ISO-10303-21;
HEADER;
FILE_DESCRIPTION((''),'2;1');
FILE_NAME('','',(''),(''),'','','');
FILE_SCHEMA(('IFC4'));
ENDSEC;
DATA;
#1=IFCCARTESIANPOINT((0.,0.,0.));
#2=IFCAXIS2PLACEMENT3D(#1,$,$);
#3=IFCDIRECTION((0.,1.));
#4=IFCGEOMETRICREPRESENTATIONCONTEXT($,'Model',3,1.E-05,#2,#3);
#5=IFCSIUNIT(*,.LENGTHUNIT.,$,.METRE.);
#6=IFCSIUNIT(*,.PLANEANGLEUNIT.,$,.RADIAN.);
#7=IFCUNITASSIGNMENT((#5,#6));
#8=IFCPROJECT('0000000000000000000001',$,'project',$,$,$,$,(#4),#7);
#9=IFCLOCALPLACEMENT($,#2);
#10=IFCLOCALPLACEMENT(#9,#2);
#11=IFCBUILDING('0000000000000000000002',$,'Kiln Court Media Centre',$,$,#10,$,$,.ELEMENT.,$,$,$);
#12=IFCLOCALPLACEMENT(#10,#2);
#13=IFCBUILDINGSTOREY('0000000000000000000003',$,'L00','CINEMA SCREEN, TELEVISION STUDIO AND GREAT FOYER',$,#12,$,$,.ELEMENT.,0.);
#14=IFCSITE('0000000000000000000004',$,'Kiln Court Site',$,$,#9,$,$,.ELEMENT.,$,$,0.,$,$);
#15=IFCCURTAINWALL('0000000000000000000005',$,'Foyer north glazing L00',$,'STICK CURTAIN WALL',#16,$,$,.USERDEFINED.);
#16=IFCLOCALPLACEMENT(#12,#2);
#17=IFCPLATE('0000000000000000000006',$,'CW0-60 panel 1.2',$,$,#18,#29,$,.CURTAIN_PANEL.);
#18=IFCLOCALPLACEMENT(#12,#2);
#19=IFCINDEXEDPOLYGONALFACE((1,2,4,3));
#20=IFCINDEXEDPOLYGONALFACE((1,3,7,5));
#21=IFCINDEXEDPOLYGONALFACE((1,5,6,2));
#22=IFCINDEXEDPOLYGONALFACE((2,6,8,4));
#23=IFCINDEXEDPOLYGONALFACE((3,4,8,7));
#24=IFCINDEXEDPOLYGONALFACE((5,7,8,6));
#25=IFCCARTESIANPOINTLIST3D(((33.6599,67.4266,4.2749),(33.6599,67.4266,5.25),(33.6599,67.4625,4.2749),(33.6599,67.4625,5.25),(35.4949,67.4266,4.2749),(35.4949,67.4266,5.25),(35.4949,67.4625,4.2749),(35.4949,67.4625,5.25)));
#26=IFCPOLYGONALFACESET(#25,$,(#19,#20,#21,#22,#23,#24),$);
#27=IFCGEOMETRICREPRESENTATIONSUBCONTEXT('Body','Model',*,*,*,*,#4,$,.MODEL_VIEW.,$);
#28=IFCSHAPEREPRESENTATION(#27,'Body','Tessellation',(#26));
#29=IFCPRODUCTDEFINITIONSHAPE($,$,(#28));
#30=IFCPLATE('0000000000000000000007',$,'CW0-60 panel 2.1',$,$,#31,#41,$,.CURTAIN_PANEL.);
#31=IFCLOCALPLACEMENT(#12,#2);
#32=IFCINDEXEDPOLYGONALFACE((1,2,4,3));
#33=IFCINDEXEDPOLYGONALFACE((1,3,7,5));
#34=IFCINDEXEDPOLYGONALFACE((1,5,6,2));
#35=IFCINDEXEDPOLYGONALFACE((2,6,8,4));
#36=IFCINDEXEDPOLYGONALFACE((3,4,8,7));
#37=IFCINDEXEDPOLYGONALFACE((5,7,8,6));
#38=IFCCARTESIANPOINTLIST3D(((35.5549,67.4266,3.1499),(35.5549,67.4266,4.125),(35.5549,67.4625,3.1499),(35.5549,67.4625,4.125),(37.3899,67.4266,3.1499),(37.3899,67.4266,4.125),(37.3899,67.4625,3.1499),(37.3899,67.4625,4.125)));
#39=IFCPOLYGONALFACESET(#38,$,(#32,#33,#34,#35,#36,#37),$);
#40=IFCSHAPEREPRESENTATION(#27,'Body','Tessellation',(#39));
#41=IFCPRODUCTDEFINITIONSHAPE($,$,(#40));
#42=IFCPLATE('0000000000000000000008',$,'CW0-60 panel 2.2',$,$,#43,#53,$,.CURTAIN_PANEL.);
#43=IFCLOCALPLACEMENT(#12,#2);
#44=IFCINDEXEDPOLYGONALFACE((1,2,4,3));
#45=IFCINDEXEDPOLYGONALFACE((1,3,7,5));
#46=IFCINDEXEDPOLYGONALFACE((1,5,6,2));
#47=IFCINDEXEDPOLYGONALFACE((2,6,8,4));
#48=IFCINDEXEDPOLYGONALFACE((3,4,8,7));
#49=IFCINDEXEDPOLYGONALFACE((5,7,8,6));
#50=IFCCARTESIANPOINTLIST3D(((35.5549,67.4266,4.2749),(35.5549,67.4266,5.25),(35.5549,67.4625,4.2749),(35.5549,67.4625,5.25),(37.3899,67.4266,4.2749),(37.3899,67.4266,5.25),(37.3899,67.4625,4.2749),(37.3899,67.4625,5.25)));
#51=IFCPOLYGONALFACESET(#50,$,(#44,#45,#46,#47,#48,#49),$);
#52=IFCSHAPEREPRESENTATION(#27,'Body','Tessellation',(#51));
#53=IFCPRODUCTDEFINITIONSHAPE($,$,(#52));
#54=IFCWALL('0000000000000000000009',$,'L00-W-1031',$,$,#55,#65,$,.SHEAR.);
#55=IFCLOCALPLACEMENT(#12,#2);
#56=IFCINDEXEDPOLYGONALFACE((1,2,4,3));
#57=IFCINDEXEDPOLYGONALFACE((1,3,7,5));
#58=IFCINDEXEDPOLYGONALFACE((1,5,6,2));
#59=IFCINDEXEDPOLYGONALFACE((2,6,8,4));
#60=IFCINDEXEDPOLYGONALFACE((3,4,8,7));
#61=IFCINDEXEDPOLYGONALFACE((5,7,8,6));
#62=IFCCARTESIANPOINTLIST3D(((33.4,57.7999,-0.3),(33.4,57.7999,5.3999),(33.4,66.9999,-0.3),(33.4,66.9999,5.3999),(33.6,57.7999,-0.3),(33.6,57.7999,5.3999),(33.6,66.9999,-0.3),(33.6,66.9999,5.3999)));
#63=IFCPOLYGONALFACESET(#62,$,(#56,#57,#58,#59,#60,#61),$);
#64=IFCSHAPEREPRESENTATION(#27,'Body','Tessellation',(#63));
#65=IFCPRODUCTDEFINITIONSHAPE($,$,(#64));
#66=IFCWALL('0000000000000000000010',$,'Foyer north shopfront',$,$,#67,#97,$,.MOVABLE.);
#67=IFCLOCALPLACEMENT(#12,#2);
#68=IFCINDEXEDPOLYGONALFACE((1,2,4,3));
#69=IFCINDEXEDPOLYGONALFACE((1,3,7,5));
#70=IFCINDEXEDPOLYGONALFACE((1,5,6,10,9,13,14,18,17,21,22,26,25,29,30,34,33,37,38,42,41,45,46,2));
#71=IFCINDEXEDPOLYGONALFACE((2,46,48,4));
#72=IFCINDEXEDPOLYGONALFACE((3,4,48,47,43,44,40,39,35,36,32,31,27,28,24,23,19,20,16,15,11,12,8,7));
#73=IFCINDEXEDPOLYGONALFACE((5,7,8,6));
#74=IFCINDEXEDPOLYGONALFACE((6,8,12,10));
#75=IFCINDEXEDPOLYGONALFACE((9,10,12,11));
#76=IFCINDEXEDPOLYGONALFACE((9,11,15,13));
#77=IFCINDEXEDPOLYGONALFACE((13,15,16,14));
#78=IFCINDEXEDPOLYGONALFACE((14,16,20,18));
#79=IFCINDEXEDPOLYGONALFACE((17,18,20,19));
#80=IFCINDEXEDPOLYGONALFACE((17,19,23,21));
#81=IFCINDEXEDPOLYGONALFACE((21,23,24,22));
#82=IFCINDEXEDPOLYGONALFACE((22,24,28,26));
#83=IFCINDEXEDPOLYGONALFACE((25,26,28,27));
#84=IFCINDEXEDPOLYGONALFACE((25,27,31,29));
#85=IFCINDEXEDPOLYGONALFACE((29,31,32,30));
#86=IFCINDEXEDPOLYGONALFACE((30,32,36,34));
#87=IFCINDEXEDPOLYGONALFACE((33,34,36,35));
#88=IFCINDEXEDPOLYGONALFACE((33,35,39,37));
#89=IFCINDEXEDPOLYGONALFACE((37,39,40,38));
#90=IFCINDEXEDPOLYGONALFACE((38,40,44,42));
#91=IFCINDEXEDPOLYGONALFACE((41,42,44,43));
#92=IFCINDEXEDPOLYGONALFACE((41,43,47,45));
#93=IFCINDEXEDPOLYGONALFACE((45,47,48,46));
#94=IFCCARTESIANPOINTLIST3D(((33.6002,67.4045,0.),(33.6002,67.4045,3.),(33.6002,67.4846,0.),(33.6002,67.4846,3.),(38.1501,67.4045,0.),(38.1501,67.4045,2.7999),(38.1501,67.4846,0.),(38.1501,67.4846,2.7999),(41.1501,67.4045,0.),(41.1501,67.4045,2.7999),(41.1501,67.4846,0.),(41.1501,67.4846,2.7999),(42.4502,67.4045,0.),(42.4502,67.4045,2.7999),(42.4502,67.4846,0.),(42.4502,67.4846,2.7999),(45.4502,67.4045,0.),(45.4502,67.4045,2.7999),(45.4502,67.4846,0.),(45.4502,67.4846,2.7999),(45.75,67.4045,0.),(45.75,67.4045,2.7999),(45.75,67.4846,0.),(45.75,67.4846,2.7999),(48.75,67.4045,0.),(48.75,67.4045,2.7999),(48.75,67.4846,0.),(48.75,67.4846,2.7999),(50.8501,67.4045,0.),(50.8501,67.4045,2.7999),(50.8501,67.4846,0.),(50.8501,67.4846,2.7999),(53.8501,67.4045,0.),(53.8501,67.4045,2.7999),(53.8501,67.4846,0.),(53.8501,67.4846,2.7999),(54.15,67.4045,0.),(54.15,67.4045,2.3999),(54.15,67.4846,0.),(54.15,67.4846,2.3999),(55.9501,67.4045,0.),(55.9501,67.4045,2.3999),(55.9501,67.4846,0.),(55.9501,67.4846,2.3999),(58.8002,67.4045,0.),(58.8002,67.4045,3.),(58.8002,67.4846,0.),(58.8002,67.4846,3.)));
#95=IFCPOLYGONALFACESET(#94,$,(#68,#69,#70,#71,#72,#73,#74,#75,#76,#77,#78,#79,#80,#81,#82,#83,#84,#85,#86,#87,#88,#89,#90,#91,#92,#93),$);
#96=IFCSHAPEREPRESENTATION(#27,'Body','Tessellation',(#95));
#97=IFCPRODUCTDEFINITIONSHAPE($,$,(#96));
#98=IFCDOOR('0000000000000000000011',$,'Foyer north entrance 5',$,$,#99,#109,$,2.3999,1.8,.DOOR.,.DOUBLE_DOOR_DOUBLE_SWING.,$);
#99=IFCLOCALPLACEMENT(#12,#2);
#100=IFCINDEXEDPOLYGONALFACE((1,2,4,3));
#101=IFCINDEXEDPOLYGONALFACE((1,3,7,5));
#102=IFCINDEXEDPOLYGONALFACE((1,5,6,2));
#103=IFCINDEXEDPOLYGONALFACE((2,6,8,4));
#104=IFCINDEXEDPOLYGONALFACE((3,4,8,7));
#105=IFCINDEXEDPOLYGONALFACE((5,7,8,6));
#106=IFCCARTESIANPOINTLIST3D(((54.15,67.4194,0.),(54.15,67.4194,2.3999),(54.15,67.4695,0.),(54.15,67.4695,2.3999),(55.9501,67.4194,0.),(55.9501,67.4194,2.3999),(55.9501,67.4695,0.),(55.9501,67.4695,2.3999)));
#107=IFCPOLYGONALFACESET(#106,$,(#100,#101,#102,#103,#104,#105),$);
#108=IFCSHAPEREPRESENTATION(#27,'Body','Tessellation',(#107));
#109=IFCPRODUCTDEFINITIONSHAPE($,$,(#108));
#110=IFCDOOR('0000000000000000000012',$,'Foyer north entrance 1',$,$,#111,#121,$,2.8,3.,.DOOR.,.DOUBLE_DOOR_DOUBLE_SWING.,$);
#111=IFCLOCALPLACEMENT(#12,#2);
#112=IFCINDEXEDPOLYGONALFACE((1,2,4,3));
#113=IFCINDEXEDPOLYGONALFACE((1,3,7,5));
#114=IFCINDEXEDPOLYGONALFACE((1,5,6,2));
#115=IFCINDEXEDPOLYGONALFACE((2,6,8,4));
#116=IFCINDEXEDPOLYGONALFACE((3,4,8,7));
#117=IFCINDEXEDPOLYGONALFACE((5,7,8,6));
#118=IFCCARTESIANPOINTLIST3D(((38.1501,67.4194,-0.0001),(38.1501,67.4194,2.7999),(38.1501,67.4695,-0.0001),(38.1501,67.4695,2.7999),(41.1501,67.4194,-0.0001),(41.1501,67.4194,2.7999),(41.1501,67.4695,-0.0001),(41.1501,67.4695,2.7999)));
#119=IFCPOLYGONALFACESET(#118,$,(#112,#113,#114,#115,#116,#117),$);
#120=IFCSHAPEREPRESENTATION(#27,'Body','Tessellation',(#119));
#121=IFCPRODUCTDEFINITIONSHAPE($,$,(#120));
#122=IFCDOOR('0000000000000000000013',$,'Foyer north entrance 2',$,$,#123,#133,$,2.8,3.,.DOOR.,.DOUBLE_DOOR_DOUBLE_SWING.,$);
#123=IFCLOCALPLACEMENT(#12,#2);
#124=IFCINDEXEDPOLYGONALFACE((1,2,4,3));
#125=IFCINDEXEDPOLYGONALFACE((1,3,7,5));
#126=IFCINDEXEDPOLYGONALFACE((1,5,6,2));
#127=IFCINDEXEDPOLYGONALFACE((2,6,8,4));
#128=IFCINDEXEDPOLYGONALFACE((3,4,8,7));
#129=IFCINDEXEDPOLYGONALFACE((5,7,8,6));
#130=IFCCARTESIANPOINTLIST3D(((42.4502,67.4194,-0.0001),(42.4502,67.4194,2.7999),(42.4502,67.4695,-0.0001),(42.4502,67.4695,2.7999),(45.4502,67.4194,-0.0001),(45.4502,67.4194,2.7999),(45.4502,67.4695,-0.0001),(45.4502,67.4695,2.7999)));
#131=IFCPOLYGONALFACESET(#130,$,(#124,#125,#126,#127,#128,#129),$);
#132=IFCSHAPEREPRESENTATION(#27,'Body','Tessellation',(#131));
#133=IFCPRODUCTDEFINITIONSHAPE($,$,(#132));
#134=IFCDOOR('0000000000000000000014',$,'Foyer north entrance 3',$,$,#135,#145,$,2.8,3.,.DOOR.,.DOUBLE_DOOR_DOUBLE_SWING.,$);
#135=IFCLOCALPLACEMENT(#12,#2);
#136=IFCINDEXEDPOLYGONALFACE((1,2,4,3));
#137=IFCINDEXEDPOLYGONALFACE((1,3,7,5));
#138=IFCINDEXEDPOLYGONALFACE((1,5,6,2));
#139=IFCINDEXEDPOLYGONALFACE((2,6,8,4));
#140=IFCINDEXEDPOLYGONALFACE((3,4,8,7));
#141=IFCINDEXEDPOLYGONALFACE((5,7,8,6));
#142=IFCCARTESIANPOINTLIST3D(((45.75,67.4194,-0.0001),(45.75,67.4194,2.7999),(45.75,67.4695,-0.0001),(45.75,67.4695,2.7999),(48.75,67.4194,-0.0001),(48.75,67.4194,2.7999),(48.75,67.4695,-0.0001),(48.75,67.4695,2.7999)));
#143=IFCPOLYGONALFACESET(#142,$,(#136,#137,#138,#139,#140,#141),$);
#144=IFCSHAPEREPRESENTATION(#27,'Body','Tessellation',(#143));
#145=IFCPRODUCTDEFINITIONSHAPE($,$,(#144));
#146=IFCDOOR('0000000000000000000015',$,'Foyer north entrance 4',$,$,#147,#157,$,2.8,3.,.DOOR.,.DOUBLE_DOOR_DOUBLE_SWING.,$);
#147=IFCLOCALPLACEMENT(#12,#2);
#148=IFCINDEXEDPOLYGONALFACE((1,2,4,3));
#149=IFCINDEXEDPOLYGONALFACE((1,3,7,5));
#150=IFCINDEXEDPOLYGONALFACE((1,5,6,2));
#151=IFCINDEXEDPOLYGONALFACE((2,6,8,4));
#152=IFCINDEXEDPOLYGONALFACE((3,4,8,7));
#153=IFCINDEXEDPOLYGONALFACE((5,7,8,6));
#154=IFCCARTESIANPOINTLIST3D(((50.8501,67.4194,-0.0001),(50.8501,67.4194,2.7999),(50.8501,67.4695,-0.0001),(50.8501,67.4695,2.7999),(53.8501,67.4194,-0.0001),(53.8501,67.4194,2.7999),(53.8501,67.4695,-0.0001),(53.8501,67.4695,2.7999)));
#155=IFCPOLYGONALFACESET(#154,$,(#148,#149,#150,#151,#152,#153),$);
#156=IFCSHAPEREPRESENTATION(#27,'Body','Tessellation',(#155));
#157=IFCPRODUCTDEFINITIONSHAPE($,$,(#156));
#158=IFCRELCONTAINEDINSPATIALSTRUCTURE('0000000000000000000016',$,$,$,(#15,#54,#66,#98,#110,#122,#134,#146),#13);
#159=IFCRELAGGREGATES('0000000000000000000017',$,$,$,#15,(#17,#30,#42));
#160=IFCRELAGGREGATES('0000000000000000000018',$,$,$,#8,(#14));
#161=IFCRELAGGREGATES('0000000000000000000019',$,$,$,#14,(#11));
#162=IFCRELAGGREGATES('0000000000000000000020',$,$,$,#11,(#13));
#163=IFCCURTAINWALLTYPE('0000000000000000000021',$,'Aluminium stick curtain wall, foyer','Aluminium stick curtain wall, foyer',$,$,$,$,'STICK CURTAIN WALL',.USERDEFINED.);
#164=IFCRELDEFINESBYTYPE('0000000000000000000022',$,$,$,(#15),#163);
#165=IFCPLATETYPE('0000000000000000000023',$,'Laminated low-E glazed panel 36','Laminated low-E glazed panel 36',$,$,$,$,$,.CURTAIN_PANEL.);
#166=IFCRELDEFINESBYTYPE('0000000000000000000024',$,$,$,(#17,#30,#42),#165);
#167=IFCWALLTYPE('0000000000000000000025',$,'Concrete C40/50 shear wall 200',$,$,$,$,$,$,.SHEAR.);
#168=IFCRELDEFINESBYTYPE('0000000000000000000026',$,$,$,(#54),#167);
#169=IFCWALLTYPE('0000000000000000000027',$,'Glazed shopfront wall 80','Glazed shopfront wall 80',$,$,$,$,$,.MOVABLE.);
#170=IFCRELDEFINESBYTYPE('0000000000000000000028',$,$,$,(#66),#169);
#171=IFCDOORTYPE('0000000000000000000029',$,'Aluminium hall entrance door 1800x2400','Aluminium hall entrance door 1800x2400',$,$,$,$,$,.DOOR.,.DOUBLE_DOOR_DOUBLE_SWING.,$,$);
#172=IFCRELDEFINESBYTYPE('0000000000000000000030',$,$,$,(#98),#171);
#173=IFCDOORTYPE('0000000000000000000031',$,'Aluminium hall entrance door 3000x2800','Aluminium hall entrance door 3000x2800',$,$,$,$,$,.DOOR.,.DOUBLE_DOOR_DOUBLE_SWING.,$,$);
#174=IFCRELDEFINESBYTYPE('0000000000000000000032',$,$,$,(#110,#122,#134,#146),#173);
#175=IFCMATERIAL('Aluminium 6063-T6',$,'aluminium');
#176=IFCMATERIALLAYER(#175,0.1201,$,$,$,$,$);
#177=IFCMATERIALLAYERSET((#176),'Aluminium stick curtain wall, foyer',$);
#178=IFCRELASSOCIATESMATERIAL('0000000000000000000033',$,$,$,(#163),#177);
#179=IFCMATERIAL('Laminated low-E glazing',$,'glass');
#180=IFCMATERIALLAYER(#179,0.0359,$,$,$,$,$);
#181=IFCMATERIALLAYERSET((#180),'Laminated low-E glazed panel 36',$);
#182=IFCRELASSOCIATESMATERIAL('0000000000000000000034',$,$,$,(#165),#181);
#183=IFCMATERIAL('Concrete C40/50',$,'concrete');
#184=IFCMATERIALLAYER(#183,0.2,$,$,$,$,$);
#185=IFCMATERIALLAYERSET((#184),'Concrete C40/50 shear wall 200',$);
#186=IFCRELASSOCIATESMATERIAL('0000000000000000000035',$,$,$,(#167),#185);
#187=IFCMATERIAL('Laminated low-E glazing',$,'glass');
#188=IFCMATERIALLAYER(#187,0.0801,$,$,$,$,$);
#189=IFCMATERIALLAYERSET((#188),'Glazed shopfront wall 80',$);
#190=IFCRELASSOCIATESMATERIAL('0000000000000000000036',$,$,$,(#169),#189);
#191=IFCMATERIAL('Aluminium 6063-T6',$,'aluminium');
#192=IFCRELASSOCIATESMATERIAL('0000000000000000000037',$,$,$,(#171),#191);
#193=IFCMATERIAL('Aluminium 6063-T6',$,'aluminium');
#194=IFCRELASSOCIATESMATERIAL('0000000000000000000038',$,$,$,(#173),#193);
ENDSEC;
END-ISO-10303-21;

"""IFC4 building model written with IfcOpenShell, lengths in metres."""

from ifc_helpers import new_model, si_unit, direction, frame, frame_2d, origin, origin_2d, place, context, subcontext, project, spatial, rectangle, extrude, material, layer, layer_set, type_object, element, fill, aggregate, save


model = new_model("IFC4")

# Units and contexts
model_context = context("Model", 3, precision=1e-05, world=origin(), true_north=direction((0.0, 1.0)))
body_context = subcontext(model_context, "Body", "Model", "MODEL_VIEW")
ifc_project = project(units=[si_unit("LENGTHUNIT", "METRE"), si_unit("PLANEANGLEUNIT", "RADIAN")], contexts=[model_context])

# Site, building, storey
site_placement = place(None, origin())
site = spatial("IfcSite", under=ifc_project, at=site_placement, Name="Kiln Court Site", CompositionType="ELEMENT", RefElevation=0.0)
building_placement = place(site_placement, origin())
building = spatial("IfcBuilding", under=site, at=building_placement, Name="Kiln Court Media Centre", CompositionType="ELEMENT")
storey_placement = place(building_placement, origin())
storey = spatial("IfcBuildingStorey", under=building, at=storey_placement, Name="L00", Description="CINEMA SCREEN, TELEVISION STUDIO AND GREAT FOYER", CompositionType="ELEMENT", Elevation=0.0)

# Curtain wall
ifc_material_1 = material(Name="Aluminium 6063-T6", Category="aluminium")
ifc_layer_1 = layer(ifc_material_1, 0.1201)
ifc_layer_set_1 = layer_set([ifc_layer_1], Name="Aluminium stick curtain wall, foyer")
curtain_wall_type = type_object("IfcCurtainWallType", Name="Aluminium stick curtain wall, foyer", Description="Aluminium stick curtain wall, foyer", ElementType="STICK CURTAIN WALL", PredefinedType="USERDEFINED", material=ifc_layer_set_1)
curtain_wall_1_placement = place(storey_placement, origin())
curtain_wall_1 = element("IfcCurtainWall", 1, at=curtain_wall_1_placement, inside=storey, type_object=curtain_wall_type, Name="Foyer north glazing L00", ObjectType="STICK CURTAIN WALL", PredefinedType="USERDEFINED")

# Plates
ifc_material_2 = material(Name="Laminated low-E glazing", Category="glass")
ifc_layer_2 = layer(ifc_material_2, 0.0359)
ifc_layer_set_2 = layer_set([ifc_layer_2], Name="Laminated low-E glazed panel 36")
plate_type = type_object("IfcPlateType", Name="Laminated low-E glazed panel 36", Description="Laminated low-E glazed panel 36", PredefinedType="CURTAIN_PANEL", material=ifc_layer_set_2)
plate_1_placement = place(storey_placement, frame((34.5774, 67.4446, 4.2749), z_axis=(0.0, 0.0, 1.0), x_axis=(1.0, 0.0, 0.0)))
plate_1 = element("IfcPlate", 2, at=plate_1_placement, type_object=plate_type, Name="CW0-60 panel 1.2", PredefinedType="CURTAIN_PANEL", context=body_context, shape_type="SweptSolid", body=[
    extrude(rectangle(XDim=1.835, YDim=0.0359, at=origin_2d()), origin(), (0.0, 0.0, 1.0), 0.9751),
])
plate_2_placement = place(storey_placement, frame((36.4724, 67.4446, 3.1499), z_axis=(0.0, 0.0, 1.0), x_axis=(1.0, 0.0, 0.0)))
plate_2 = element("IfcPlate", 3, at=plate_2_placement, type_object=plate_type, Name="CW0-60 panel 2.1", PredefinedType="CURTAIN_PANEL", context=body_context, shape_type="SweptSolid", body=[
    extrude(rectangle(XDim=1.835, YDim=0.0359, at=origin_2d()), origin(), (0.0, 0.0, 1.0), 0.9751),
])
plate_3_placement = place(storey_placement, frame((36.4724, 67.4446, 4.2749), z_axis=(0.0, 0.0, 1.0), x_axis=(1.0, 0.0, 0.0)))
plate_3 = element("IfcPlate", 4, at=plate_3_placement, type_object=plate_type, Name="CW0-60 panel 2.2", PredefinedType="CURTAIN_PANEL", context=body_context, shape_type="SweptSolid", body=[
    extrude(rectangle(XDim=1.835, YDim=0.0359, at=origin_2d()), origin(), (0.0, 0.0, 1.0), 0.9751),
])
aggregate(curtain_wall_1, [plate_1, plate_2, plate_3])

# Wall
ifc_material_3 = material(Name="Concrete C40/50", Category="concrete")
ifc_layer_3 = layer(ifc_material_3, 0.2)
ifc_layer_set_3 = layer_set([ifc_layer_3], Name="Concrete C40/50 shear wall 200")
wall_type_1 = type_object("IfcWallType", Name="Concrete C40/50 shear wall 200", PredefinedType="SHEAR", material=ifc_layer_set_3)
wall_1_placement = place(storey_placement, frame((33.5, 67.0, -0.3), z_axis=(0.0, 0.0, 1.0), x_axis=(0.0, -1.0, 0.0)))
element("IfcWall", 5, at=wall_1_placement, inside=storey, type_object=wall_type_1, Name="L00-W-1031", PredefinedType="SHEAR", context=body_context, shape_type="SweptSolid", body=[
    extrude(rectangle(XDim=9.2, YDim=0.2, at=frame_2d((4.6001, 0.0))), origin(), (0.0, 0.0, 1.0), 5.7),
])

# Wall, openings, doors
ifc_material_4 = material(Name="Laminated low-E glazing", Category="glass")
ifc_layer_4 = layer(ifc_material_4, 0.0801)
ifc_layer_set_4 = layer_set([ifc_layer_4], Name="Glazed shopfront wall 80")
wall_type_2 = type_object("IfcWallType", Name="Glazed shopfront wall 80", Description="Glazed shopfront wall 80", PredefinedType="MOVABLE", material=ifc_layer_set_4)
wall_2_placement = place(storey_placement, frame((33.6001, 67.4446, 0.0), z_axis=(0.0, 0.0, 1.0), x_axis=(1.0, 0.0, 0.0)))
wall_2 = element("IfcWall", 6, at=wall_2_placement, inside=storey, type_object=wall_type_2, Name="Foyer north shopfront", PredefinedType="MOVABLE", context=body_context, shape_type="SweptSolid", body=[
    extrude(rectangle(XDim=25.2, YDim=0.0801, at=frame_2d((12.6001, 0.0))), origin(), (0.0, 0.0, 1.0), 3.0),
])
opening_1_placement = place(wall_2_placement, frame((4.55, 0.0, 0.0)))
opening_1 = element("IfcOpeningElement", 7, at=opening_1_placement, cuts=wall_2, PredefinedType="OPENING", context=body_context, shape_type="SweptSolid", body=[
    extrude(rectangle(XDim=3.0, YDim=2.8, at=frame_2d((1.5, 1.3999))), frame((0.0, 0.05, 0.0), z_axis=(0.0, -1.0, 0.0), x_axis=(1.0, 0.0, 0.0)), (0.0, 0.0, 1.0), 0.1001),
])
opening_2_placement = place(wall_2_placement, frame((8.8501, 0.0, 0.0)))
opening_2 = element("IfcOpeningElement", 8, at=opening_2_placement, cuts=wall_2, PredefinedType="OPENING", context=body_context, shape_type="SweptSolid", body=[
    extrude(rectangle(XDim=3.0, YDim=2.8, at=frame_2d((1.5, 1.3999))), frame((0.0, 0.05, 0.0), z_axis=(0.0, -1.0, 0.0), x_axis=(1.0, 0.0, 0.0)), (0.0, 0.0, 1.0), 0.1001),
])
opening_3_placement = place(wall_2_placement, frame((12.1499, 0.0, 0.0)))
opening_3 = element("IfcOpeningElement", 9, at=opening_3_placement, cuts=wall_2, PredefinedType="OPENING", context=body_context, shape_type="SweptSolid", body=[
    extrude(rectangle(XDim=3.0, YDim=2.8, at=frame_2d((1.5, 1.3999))), frame((0.0, 0.05, 0.0), z_axis=(0.0, -1.0, 0.0), x_axis=(1.0, 0.0, 0.0)), (0.0, 0.0, 1.0), 0.1001),
])
opening_4_placement = place(wall_2_placement, frame((17.25, 0.0, 0.0)))
opening_4 = element("IfcOpeningElement", 10, at=opening_4_placement, cuts=wall_2, PredefinedType="OPENING", context=body_context, shape_type="SweptSolid", body=[
    extrude(rectangle(XDim=3.0, YDim=2.8, at=frame_2d((1.5, 1.3999))), frame((0.0, 0.05, 0.0), z_axis=(0.0, -1.0, 0.0), x_axis=(1.0, 0.0, 0.0)), (0.0, 0.0, 1.0), 0.1001),
])
opening_5_placement = place(wall_2_placement, frame((20.55, 0.0, 0.0)))
opening_5 = element("IfcOpeningElement", 11, at=opening_5_placement, cuts=wall_2, PredefinedType="OPENING", context=body_context, shape_type="SweptSolid", body=[
    extrude(rectangle(XDim=1.8, YDim=2.3999, at=frame_2d((0.8999, 1.2))), frame((0.0, 0.05, 0.0), z_axis=(0.0, -1.0, 0.0), x_axis=(1.0, 0.0, 0.0)), (0.0, 0.0, 1.0), 0.1001),
])
ifc_material_5 = material(Name="Aluminium 6063-T6", Category="aluminium")
door_type_1 = type_object("IfcDoorType", Name="Aluminium hall entrance door 1800x2400", Description="Aluminium hall entrance door 1800x2400", OperationType="DOUBLE_DOOR_DOUBLE_SWING", PredefinedType="DOOR", material=ifc_material_5)
door_1_placement = place(opening_5_placement, origin())
door_1 = element("IfcDoor", 12, at=door_1_placement, inside=storey, type_object=door_type_1, Name="Foyer north entrance 5", OperationType="DOUBLE_DOOR_DOUBLE_SWING", OverallHeight=2.3999, OverallWidth=1.8, PredefinedType="DOOR", context=body_context, shape_type="SweptSolid", body=[
    extrude(rectangle(XDim=1.8, YDim=2.3999, at=frame_2d((0.8999, 1.2))), frame((0.0, 0.0249, 0.0), z_axis=(0.0, -1.0, 0.0), x_axis=(1.0, 0.0, 0.0)), (0.0, 0.0, 1.0), 0.05),
])
fill(opening_5, door_1)
ifc_material_6 = material(Name="Aluminium 6063-T6", Category="aluminium")
door_type_2 = type_object("IfcDoorType", Name="Aluminium hall entrance door 3000x2800", Description="Aluminium hall entrance door 3000x2800", OperationType="DOUBLE_DOOR_DOUBLE_SWING", PredefinedType="DOOR", material=ifc_material_6)
door_2_placement = place(opening_1_placement, origin())
door_2 = element("IfcDoor", 13, at=door_2_placement, inside=storey, type_object=door_type_2, Name="Foyer north entrance 1", OperationType="DOUBLE_DOOR_DOUBLE_SWING", OverallHeight=2.8, OverallWidth=3.0, PredefinedType="DOOR", context=body_context, shape_type="SweptSolid", body=[
    extrude(rectangle(XDim=3.0, YDim=2.8, at=frame_2d((1.5, 1.3999))), frame((0.0, 0.0249, 0.0), z_axis=(0.0, -1.0, 0.0), x_axis=(1.0, 0.0, 0.0)), (0.0, 0.0, 1.0), 0.05),
])
fill(opening_1, door_2)
door_3_placement = place(opening_2_placement, origin())
door_3 = element("IfcDoor", 14, at=door_3_placement, inside=storey, type_object=door_type_2, Name="Foyer north entrance 2", OperationType="DOUBLE_DOOR_DOUBLE_SWING", OverallHeight=2.8, OverallWidth=3.0, PredefinedType="DOOR", context=body_context, shape_type="SweptSolid", body=[
    extrude(rectangle(XDim=3.0, YDim=2.8, at=frame_2d((1.5, 1.3999))), frame((0.0, 0.0249, 0.0), z_axis=(0.0, -1.0, 0.0), x_axis=(1.0, 0.0, 0.0)), (0.0, 0.0, 1.0), 0.05),
])
fill(opening_2, door_3)
door_4_placement = place(opening_3_placement, origin())
door_4 = element("IfcDoor", 15, at=door_4_placement, inside=storey, type_object=door_type_2, Name="Foyer north entrance 3", OperationType="DOUBLE_DOOR_DOUBLE_SWING", OverallHeight=2.8, OverallWidth=3.0, PredefinedType="DOOR", context=body_context, shape_type="SweptSolid", body=[
    extrude(rectangle(XDim=3.0, YDim=2.8, at=frame_2d((1.5, 1.3999))), frame((0.0, 0.0249, 0.0), z_axis=(0.0, -1.0, 0.0), x_axis=(1.0, 0.0, 0.0)), (0.0, 0.0, 1.0), 0.05),
])
fill(opening_3, door_4)
door_5_placement = place(opening_4_placement, origin())
door_5 = element("IfcDoor", 16, at=door_5_placement, inside=storey, type_object=door_type_2, Name="Foyer north entrance 4", OperationType="DOUBLE_DOOR_DOUBLE_SWING", OverallHeight=2.8, OverallWidth=3.0, PredefinedType="DOOR", context=body_context, shape_type="SweptSolid", body=[
    extrude(rectangle(XDim=3.0, YDim=2.8, at=frame_2d((1.5, 1.3999))), frame((0.0, 0.0249, 0.0), z_axis=(0.0, -1.0, 0.0), x_axis=(1.0, 0.0, 0.0)), (0.0, 0.0, 1.0), 0.05),
])
fill(opening_4, door_5)

save(model, "model.ifc")
